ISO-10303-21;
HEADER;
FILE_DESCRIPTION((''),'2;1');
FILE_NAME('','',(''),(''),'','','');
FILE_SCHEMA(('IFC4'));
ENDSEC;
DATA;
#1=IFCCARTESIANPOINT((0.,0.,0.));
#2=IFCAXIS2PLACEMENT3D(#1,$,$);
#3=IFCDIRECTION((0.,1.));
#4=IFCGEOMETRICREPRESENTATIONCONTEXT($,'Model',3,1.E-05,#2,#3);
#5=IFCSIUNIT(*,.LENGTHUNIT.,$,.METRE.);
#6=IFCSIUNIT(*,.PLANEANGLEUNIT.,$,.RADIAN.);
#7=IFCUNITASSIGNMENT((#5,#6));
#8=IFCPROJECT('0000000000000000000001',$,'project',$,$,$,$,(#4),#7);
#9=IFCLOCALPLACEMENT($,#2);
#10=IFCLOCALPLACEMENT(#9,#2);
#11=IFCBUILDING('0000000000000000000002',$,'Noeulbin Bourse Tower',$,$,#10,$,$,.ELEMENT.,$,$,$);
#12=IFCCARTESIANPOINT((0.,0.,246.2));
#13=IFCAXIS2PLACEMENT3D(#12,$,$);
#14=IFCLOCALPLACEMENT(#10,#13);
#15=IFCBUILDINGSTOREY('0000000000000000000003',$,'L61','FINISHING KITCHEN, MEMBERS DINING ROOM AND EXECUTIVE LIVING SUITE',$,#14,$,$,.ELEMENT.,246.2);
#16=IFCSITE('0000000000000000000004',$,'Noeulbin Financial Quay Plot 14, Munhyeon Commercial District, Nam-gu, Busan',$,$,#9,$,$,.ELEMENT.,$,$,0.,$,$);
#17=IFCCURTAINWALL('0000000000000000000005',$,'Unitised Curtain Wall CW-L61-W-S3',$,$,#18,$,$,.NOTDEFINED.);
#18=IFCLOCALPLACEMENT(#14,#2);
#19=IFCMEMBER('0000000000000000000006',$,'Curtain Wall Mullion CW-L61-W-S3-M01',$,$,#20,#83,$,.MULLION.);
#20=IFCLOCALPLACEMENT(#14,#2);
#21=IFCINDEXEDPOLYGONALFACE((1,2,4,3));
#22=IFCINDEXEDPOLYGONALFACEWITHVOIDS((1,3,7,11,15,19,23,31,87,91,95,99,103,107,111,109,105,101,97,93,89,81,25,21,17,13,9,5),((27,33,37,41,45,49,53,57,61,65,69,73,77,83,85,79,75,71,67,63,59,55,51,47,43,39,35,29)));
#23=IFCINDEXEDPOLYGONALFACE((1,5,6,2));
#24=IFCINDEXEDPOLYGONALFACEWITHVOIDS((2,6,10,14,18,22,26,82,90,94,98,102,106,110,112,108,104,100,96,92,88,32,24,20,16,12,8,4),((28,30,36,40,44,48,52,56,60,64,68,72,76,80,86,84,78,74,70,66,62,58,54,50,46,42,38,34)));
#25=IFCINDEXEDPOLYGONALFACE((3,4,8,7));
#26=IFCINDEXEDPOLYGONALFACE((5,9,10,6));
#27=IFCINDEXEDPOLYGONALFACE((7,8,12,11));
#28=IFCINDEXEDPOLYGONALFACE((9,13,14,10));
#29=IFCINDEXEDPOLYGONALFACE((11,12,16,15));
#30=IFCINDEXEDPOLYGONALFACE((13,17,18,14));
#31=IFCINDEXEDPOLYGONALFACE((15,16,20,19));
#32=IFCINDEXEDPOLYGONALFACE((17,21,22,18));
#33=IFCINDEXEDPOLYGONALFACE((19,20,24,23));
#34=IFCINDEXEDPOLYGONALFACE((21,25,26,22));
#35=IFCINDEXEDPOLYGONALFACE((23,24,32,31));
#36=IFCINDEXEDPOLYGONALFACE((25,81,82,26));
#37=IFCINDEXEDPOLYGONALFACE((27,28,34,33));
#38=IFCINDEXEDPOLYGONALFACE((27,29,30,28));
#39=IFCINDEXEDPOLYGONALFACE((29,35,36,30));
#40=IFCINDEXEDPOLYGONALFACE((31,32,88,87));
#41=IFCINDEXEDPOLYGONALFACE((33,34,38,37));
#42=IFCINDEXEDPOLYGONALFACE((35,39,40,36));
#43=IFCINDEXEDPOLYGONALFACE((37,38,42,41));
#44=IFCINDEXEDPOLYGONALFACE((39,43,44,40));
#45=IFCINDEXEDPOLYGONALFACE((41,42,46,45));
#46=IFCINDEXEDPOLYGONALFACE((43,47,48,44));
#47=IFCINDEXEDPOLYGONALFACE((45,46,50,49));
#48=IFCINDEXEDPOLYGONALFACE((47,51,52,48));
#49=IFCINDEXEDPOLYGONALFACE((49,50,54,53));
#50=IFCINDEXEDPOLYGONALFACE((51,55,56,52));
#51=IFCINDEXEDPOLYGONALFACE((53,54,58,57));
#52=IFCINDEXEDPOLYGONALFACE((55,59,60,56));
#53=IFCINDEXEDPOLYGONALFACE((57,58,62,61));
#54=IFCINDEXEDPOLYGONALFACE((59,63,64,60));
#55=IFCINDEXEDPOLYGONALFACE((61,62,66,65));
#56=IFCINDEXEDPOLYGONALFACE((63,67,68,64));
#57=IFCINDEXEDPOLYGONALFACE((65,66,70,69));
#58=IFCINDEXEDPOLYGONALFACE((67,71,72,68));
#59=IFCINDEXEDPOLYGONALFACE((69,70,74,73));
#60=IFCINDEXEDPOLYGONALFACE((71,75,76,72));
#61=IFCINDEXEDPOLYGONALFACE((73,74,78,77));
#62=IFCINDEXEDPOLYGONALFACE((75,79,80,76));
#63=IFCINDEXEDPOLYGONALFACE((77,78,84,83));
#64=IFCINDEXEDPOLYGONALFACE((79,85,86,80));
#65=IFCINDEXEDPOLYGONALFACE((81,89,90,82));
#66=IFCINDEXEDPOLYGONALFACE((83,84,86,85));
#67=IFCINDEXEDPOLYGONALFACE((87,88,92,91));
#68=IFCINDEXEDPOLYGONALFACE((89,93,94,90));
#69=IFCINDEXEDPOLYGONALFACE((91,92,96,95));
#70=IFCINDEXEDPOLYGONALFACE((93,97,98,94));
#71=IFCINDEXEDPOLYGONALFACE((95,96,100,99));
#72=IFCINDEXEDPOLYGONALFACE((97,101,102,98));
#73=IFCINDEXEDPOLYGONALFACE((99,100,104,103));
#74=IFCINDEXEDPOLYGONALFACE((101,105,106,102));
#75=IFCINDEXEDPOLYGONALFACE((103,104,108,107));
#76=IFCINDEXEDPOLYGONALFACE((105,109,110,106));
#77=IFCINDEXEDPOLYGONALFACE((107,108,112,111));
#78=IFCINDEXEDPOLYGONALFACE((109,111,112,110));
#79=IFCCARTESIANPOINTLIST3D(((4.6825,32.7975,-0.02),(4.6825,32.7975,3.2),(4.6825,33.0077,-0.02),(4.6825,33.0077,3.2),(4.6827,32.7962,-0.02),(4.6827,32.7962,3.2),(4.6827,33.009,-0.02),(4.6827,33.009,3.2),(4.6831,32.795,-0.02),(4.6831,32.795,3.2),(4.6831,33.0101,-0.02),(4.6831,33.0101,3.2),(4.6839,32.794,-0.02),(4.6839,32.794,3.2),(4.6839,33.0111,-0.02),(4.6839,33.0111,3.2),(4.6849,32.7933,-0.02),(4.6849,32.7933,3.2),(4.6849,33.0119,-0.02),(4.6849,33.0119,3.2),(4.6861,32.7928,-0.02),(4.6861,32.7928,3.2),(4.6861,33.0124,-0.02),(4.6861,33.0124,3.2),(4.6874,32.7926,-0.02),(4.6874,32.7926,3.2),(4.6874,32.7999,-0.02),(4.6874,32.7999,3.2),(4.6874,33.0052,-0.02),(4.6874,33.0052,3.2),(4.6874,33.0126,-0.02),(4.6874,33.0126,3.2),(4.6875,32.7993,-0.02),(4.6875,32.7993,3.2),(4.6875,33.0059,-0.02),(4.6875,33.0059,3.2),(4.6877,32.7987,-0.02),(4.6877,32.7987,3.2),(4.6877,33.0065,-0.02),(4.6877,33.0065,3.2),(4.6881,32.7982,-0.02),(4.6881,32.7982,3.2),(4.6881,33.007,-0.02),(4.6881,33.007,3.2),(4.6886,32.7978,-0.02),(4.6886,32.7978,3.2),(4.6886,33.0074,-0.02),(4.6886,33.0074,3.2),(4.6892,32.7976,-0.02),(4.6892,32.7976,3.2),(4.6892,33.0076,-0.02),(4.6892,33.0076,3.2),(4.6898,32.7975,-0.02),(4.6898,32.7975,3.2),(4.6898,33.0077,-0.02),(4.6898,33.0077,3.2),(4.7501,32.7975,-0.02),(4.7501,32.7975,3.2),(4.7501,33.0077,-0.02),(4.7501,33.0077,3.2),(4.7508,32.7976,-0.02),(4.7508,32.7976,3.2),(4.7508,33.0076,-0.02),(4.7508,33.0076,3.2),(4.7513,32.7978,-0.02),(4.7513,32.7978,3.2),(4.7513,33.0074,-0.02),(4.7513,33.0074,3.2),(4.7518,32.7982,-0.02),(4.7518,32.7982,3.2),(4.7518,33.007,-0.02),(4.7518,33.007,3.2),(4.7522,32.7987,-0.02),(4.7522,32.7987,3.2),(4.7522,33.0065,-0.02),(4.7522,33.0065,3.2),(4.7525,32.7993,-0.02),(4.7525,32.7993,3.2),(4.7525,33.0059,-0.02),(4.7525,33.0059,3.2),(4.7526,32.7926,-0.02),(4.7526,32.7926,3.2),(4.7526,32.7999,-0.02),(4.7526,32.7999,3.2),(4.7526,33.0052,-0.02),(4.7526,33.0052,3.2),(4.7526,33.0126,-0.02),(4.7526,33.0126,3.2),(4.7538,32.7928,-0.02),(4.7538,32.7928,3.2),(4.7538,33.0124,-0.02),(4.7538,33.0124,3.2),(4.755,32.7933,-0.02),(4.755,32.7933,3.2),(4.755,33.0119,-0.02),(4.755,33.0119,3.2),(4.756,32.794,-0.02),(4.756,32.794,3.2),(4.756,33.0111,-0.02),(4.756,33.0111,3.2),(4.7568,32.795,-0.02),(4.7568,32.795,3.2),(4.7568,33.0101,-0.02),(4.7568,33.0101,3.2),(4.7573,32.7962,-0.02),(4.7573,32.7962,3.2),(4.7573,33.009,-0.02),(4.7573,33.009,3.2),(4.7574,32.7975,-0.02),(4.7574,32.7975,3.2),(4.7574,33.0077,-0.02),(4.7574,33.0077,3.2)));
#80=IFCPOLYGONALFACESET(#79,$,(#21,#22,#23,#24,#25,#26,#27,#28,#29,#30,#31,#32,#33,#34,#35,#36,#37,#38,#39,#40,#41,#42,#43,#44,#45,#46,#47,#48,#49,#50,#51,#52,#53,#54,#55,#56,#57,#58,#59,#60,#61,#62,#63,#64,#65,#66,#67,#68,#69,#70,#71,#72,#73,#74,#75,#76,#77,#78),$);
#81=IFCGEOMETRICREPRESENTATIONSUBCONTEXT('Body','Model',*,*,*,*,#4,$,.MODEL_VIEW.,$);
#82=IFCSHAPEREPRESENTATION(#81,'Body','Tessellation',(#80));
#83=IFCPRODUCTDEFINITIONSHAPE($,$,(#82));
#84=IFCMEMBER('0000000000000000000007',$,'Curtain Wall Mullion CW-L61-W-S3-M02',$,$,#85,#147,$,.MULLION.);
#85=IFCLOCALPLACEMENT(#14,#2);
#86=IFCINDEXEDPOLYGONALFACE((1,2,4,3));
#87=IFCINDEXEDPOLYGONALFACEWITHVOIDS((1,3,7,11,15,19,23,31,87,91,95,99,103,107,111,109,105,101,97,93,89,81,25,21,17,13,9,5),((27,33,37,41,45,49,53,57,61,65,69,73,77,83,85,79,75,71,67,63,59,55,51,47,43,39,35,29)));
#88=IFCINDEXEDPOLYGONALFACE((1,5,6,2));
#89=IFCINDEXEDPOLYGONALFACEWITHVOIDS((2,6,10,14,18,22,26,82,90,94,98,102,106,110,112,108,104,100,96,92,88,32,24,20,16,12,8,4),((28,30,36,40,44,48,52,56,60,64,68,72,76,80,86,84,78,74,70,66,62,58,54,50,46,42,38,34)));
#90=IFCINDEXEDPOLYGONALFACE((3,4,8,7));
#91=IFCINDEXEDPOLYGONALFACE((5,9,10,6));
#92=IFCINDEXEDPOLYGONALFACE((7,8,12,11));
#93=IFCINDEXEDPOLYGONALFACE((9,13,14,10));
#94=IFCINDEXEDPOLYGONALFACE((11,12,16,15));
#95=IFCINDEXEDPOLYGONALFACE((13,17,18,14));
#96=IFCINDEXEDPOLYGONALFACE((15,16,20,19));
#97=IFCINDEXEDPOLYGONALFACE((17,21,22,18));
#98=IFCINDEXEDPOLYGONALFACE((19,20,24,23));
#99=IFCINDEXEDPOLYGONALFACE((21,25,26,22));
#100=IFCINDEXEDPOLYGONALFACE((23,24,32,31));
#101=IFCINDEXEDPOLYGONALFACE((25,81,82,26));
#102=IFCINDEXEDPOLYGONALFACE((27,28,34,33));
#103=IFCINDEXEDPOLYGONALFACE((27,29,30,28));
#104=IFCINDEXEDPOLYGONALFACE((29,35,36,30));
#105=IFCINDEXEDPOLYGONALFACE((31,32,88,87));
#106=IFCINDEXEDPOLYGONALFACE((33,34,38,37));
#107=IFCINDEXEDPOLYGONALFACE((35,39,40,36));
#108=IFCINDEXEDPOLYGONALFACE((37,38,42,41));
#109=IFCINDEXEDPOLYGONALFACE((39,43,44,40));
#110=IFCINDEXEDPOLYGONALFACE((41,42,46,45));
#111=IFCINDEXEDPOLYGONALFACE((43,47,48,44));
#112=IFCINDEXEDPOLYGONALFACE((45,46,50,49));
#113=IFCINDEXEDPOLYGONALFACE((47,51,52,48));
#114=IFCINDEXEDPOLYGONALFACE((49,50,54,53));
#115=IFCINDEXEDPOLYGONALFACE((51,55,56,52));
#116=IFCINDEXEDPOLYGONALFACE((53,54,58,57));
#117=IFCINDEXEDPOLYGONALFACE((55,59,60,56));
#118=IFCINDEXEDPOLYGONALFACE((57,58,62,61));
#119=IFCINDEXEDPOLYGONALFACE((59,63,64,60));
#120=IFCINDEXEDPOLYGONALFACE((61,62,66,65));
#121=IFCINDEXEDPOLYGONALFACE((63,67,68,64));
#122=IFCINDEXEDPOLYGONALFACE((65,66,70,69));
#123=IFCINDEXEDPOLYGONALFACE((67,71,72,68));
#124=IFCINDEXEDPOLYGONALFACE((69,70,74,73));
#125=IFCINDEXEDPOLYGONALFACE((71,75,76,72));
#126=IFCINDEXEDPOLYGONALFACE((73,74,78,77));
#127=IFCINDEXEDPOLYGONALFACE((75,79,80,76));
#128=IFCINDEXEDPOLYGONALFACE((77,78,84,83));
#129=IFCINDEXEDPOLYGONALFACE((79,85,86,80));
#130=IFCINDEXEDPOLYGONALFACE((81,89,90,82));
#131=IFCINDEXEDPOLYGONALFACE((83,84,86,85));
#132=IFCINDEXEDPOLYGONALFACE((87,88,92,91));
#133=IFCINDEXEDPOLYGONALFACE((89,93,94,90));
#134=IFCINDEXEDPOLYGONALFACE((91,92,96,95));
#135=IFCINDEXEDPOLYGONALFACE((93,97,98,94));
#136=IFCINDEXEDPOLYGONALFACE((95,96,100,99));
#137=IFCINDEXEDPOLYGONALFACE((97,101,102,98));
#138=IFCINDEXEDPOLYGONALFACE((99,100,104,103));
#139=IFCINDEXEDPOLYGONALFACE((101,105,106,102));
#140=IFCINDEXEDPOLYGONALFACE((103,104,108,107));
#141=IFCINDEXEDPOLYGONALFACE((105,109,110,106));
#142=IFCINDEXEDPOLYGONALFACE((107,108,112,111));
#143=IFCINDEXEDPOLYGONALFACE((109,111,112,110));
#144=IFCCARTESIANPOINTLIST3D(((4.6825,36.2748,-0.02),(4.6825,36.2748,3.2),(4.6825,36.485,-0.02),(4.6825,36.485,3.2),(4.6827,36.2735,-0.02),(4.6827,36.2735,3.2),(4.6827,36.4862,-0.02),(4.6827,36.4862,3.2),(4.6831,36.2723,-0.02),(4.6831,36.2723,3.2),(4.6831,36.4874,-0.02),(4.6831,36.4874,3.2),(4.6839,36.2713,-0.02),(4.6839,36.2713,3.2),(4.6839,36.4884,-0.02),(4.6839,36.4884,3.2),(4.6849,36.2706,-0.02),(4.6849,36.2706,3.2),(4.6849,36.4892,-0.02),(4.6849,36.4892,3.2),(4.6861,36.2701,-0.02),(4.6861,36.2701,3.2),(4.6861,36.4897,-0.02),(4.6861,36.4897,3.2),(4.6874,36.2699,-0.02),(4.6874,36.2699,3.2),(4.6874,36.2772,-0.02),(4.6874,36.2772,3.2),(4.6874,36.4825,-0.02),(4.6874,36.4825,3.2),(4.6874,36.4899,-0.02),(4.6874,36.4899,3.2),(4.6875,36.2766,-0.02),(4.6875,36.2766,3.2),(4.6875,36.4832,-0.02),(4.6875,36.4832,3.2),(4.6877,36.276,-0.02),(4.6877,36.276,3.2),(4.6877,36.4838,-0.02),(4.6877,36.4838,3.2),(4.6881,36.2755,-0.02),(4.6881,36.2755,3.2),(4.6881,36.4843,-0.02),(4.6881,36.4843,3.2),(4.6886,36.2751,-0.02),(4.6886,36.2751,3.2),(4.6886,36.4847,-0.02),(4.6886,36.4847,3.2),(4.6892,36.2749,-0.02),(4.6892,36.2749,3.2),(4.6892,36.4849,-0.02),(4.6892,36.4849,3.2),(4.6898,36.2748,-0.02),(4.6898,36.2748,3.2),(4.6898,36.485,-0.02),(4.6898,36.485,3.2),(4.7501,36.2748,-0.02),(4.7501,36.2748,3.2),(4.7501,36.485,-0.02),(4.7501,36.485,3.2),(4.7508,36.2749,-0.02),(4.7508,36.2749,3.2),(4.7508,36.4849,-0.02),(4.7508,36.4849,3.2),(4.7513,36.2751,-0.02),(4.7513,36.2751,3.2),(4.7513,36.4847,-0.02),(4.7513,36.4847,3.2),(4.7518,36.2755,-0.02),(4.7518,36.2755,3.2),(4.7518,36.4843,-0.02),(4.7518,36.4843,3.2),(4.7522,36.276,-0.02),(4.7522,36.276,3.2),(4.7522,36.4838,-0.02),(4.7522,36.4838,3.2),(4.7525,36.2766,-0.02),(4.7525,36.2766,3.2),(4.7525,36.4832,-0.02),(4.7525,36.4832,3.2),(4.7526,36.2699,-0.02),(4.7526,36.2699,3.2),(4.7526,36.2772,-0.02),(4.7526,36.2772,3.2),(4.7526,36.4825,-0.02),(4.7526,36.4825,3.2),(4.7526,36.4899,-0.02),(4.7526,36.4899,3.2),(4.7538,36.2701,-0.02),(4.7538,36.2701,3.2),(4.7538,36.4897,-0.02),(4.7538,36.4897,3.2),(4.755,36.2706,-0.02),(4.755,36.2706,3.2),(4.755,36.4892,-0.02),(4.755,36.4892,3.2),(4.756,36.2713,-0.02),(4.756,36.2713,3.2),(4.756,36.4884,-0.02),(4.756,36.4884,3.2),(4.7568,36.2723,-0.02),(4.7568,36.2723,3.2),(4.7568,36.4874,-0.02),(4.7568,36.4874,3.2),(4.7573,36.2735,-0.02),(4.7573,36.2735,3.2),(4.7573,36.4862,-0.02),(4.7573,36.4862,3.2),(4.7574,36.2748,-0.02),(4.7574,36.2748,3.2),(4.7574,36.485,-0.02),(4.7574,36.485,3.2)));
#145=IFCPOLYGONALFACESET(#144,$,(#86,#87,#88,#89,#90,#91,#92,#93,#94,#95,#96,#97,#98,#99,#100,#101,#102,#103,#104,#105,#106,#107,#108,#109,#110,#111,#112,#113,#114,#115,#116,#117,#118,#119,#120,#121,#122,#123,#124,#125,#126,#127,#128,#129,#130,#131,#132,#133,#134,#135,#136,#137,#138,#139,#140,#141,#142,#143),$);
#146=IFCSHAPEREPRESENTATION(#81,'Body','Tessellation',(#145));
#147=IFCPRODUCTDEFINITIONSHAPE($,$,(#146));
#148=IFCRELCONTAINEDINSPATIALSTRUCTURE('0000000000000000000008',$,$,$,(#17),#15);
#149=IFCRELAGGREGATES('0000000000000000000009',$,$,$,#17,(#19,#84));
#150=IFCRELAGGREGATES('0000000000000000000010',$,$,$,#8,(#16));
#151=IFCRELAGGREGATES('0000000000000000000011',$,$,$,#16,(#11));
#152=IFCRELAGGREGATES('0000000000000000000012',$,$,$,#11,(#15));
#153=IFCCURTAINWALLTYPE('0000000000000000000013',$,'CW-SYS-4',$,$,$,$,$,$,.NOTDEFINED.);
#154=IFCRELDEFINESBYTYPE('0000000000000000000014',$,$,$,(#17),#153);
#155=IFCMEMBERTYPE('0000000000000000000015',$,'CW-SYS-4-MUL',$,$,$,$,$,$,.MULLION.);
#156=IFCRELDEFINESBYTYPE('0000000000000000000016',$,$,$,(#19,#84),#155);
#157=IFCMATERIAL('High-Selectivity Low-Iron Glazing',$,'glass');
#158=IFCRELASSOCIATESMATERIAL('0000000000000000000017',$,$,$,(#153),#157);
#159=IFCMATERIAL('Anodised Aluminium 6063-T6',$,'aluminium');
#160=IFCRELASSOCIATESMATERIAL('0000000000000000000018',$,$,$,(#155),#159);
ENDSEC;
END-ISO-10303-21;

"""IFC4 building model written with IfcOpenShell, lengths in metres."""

from ifc_helpers import new_model, si_unit, direction, frame, origin, origin_2d, place, context, subcontext, project, spatial, hollow_rectangle, extrude, material, material_profile, profile_set, type_object, element, aggregate, save


model = new_model("IFC4")

# Units and contexts
model_context = context("Model", 3, precision=1e-05, world=origin(), true_north=direction((0.0, 1.0)))
body_context = subcontext(model_context, "Body", "Model", "MODEL_VIEW")
ifc_project = project(units=[si_unit("LENGTHUNIT", "METRE"), si_unit("PLANEANGLEUNIT", "RADIAN")], contexts=[model_context])

# Site, building, storey
site_placement = place(None, origin())
site = spatial("IfcSite", under=ifc_project, at=site_placement, Name="Noeulbin Financial Quay Plot 14, Munhyeon Commercial District, Nam-gu, Busan", CompositionType="ELEMENT", RefElevation=0.0)
building_placement = place(site_placement, origin())
building = spatial("IfcBuilding", under=site, at=building_placement, Name="Noeulbin Bourse Tower", CompositionType="ELEMENT")
storey_placement = place(building_placement, frame((0.0, 0.0, 246.2)))
storey = spatial("IfcBuildingStorey", under=building, at=storey_placement, Name="L61", Description="FINISHING KITCHEN, MEMBERS DINING ROOM AND EXECUTIVE LIVING SUITE", CompositionType="ELEMENT", Elevation=246.2)

# Shared definitions
ifc_material_1 = material(Name="High-Selectivity Low-Iron Glazing", Category="glass")
curtain_wall_type = type_object("IfcCurtainWallType", Name="CW-SYS-4", PredefinedType="NOTDEFINED", material=ifc_material_1)
ifc_material_2 = material(Name="Anodised Aluminium 6063-T6", Category="aluminium")
ifc_material_profile_1 = material_profile(ifc_material_2, hollow_rectangle(XDim=0.075, YDim=0.22, WallThickness=0.0049, InnerFilletRadius=0.0024, OuterFilletRadius=0.0049, at=origin_2d()), Name="ALU-MULL-75x220x5", Category="LoadBearing")
ifc_profile_set_1 = profile_set([ifc_material_profile_1], Name="Anodised Aluminium 6063-T6")
member_type_1 = type_object("IfcMemberType", Name="CW-SYS-4-MUL", PredefinedType="MULLION", material=ifc_profile_set_1)

# Curtain wall, members
curtain_wall_1_placement = place(storey_placement, origin())
curtain_wall_1 = element("IfcCurtainWall", 1, at=curtain_wall_1_placement, inside=storey, type_object=curtain_wall_type, Name="Unitised Curtain Wall CW-L61-W-S3", PredefinedType="NOTDEFINED")
member_1_placement = place(storey_placement, frame((4.72, 32.9026, -0.02), z_axis=(0.0, 0.0, 1.0), x_axis=(1.0, 0.0, 0.0)))
member_1 = element("IfcMember", 2, at=member_1_placement, type_object=member_type_1, Name="Curtain Wall Mullion CW-L61-W-S3-M01", PredefinedType="MULLION", context=body_context, shape_type="SweptSolid", body=[
    extrude(hollow_rectangle(XDim=0.075, YDim=0.22, WallThickness=0.0049, InnerFilletRadius=0.0024, OuterFilletRadius=0.0049, at=origin_2d()), origin(), (0.0, 0.0, 1.0), 3.22),
])
member_2_placement = place(storey_placement, frame((4.72, 36.3799, -0.02), z_axis=(0.0, 0.0, 1.0), x_axis=(1.0, 0.0, 0.0)))
member_2 = element("IfcMember", 3, at=member_2_placement, type_object=member_type_1, Name="Curtain Wall Mullion CW-L61-W-S3-M02", PredefinedType="MULLION", context=body_context, shape_type="SweptSolid", body=[
    extrude(hollow_rectangle(XDim=0.075, YDim=0.22, WallThickness=0.0049, InnerFilletRadius=0.0024, OuterFilletRadius=0.0049, at=origin_2d()), origin(), (0.0, 0.0, 1.0), 3.22),
])

aggregate(curtain_wall_1, [member_1, member_2])

save(model, "model.ifc")
